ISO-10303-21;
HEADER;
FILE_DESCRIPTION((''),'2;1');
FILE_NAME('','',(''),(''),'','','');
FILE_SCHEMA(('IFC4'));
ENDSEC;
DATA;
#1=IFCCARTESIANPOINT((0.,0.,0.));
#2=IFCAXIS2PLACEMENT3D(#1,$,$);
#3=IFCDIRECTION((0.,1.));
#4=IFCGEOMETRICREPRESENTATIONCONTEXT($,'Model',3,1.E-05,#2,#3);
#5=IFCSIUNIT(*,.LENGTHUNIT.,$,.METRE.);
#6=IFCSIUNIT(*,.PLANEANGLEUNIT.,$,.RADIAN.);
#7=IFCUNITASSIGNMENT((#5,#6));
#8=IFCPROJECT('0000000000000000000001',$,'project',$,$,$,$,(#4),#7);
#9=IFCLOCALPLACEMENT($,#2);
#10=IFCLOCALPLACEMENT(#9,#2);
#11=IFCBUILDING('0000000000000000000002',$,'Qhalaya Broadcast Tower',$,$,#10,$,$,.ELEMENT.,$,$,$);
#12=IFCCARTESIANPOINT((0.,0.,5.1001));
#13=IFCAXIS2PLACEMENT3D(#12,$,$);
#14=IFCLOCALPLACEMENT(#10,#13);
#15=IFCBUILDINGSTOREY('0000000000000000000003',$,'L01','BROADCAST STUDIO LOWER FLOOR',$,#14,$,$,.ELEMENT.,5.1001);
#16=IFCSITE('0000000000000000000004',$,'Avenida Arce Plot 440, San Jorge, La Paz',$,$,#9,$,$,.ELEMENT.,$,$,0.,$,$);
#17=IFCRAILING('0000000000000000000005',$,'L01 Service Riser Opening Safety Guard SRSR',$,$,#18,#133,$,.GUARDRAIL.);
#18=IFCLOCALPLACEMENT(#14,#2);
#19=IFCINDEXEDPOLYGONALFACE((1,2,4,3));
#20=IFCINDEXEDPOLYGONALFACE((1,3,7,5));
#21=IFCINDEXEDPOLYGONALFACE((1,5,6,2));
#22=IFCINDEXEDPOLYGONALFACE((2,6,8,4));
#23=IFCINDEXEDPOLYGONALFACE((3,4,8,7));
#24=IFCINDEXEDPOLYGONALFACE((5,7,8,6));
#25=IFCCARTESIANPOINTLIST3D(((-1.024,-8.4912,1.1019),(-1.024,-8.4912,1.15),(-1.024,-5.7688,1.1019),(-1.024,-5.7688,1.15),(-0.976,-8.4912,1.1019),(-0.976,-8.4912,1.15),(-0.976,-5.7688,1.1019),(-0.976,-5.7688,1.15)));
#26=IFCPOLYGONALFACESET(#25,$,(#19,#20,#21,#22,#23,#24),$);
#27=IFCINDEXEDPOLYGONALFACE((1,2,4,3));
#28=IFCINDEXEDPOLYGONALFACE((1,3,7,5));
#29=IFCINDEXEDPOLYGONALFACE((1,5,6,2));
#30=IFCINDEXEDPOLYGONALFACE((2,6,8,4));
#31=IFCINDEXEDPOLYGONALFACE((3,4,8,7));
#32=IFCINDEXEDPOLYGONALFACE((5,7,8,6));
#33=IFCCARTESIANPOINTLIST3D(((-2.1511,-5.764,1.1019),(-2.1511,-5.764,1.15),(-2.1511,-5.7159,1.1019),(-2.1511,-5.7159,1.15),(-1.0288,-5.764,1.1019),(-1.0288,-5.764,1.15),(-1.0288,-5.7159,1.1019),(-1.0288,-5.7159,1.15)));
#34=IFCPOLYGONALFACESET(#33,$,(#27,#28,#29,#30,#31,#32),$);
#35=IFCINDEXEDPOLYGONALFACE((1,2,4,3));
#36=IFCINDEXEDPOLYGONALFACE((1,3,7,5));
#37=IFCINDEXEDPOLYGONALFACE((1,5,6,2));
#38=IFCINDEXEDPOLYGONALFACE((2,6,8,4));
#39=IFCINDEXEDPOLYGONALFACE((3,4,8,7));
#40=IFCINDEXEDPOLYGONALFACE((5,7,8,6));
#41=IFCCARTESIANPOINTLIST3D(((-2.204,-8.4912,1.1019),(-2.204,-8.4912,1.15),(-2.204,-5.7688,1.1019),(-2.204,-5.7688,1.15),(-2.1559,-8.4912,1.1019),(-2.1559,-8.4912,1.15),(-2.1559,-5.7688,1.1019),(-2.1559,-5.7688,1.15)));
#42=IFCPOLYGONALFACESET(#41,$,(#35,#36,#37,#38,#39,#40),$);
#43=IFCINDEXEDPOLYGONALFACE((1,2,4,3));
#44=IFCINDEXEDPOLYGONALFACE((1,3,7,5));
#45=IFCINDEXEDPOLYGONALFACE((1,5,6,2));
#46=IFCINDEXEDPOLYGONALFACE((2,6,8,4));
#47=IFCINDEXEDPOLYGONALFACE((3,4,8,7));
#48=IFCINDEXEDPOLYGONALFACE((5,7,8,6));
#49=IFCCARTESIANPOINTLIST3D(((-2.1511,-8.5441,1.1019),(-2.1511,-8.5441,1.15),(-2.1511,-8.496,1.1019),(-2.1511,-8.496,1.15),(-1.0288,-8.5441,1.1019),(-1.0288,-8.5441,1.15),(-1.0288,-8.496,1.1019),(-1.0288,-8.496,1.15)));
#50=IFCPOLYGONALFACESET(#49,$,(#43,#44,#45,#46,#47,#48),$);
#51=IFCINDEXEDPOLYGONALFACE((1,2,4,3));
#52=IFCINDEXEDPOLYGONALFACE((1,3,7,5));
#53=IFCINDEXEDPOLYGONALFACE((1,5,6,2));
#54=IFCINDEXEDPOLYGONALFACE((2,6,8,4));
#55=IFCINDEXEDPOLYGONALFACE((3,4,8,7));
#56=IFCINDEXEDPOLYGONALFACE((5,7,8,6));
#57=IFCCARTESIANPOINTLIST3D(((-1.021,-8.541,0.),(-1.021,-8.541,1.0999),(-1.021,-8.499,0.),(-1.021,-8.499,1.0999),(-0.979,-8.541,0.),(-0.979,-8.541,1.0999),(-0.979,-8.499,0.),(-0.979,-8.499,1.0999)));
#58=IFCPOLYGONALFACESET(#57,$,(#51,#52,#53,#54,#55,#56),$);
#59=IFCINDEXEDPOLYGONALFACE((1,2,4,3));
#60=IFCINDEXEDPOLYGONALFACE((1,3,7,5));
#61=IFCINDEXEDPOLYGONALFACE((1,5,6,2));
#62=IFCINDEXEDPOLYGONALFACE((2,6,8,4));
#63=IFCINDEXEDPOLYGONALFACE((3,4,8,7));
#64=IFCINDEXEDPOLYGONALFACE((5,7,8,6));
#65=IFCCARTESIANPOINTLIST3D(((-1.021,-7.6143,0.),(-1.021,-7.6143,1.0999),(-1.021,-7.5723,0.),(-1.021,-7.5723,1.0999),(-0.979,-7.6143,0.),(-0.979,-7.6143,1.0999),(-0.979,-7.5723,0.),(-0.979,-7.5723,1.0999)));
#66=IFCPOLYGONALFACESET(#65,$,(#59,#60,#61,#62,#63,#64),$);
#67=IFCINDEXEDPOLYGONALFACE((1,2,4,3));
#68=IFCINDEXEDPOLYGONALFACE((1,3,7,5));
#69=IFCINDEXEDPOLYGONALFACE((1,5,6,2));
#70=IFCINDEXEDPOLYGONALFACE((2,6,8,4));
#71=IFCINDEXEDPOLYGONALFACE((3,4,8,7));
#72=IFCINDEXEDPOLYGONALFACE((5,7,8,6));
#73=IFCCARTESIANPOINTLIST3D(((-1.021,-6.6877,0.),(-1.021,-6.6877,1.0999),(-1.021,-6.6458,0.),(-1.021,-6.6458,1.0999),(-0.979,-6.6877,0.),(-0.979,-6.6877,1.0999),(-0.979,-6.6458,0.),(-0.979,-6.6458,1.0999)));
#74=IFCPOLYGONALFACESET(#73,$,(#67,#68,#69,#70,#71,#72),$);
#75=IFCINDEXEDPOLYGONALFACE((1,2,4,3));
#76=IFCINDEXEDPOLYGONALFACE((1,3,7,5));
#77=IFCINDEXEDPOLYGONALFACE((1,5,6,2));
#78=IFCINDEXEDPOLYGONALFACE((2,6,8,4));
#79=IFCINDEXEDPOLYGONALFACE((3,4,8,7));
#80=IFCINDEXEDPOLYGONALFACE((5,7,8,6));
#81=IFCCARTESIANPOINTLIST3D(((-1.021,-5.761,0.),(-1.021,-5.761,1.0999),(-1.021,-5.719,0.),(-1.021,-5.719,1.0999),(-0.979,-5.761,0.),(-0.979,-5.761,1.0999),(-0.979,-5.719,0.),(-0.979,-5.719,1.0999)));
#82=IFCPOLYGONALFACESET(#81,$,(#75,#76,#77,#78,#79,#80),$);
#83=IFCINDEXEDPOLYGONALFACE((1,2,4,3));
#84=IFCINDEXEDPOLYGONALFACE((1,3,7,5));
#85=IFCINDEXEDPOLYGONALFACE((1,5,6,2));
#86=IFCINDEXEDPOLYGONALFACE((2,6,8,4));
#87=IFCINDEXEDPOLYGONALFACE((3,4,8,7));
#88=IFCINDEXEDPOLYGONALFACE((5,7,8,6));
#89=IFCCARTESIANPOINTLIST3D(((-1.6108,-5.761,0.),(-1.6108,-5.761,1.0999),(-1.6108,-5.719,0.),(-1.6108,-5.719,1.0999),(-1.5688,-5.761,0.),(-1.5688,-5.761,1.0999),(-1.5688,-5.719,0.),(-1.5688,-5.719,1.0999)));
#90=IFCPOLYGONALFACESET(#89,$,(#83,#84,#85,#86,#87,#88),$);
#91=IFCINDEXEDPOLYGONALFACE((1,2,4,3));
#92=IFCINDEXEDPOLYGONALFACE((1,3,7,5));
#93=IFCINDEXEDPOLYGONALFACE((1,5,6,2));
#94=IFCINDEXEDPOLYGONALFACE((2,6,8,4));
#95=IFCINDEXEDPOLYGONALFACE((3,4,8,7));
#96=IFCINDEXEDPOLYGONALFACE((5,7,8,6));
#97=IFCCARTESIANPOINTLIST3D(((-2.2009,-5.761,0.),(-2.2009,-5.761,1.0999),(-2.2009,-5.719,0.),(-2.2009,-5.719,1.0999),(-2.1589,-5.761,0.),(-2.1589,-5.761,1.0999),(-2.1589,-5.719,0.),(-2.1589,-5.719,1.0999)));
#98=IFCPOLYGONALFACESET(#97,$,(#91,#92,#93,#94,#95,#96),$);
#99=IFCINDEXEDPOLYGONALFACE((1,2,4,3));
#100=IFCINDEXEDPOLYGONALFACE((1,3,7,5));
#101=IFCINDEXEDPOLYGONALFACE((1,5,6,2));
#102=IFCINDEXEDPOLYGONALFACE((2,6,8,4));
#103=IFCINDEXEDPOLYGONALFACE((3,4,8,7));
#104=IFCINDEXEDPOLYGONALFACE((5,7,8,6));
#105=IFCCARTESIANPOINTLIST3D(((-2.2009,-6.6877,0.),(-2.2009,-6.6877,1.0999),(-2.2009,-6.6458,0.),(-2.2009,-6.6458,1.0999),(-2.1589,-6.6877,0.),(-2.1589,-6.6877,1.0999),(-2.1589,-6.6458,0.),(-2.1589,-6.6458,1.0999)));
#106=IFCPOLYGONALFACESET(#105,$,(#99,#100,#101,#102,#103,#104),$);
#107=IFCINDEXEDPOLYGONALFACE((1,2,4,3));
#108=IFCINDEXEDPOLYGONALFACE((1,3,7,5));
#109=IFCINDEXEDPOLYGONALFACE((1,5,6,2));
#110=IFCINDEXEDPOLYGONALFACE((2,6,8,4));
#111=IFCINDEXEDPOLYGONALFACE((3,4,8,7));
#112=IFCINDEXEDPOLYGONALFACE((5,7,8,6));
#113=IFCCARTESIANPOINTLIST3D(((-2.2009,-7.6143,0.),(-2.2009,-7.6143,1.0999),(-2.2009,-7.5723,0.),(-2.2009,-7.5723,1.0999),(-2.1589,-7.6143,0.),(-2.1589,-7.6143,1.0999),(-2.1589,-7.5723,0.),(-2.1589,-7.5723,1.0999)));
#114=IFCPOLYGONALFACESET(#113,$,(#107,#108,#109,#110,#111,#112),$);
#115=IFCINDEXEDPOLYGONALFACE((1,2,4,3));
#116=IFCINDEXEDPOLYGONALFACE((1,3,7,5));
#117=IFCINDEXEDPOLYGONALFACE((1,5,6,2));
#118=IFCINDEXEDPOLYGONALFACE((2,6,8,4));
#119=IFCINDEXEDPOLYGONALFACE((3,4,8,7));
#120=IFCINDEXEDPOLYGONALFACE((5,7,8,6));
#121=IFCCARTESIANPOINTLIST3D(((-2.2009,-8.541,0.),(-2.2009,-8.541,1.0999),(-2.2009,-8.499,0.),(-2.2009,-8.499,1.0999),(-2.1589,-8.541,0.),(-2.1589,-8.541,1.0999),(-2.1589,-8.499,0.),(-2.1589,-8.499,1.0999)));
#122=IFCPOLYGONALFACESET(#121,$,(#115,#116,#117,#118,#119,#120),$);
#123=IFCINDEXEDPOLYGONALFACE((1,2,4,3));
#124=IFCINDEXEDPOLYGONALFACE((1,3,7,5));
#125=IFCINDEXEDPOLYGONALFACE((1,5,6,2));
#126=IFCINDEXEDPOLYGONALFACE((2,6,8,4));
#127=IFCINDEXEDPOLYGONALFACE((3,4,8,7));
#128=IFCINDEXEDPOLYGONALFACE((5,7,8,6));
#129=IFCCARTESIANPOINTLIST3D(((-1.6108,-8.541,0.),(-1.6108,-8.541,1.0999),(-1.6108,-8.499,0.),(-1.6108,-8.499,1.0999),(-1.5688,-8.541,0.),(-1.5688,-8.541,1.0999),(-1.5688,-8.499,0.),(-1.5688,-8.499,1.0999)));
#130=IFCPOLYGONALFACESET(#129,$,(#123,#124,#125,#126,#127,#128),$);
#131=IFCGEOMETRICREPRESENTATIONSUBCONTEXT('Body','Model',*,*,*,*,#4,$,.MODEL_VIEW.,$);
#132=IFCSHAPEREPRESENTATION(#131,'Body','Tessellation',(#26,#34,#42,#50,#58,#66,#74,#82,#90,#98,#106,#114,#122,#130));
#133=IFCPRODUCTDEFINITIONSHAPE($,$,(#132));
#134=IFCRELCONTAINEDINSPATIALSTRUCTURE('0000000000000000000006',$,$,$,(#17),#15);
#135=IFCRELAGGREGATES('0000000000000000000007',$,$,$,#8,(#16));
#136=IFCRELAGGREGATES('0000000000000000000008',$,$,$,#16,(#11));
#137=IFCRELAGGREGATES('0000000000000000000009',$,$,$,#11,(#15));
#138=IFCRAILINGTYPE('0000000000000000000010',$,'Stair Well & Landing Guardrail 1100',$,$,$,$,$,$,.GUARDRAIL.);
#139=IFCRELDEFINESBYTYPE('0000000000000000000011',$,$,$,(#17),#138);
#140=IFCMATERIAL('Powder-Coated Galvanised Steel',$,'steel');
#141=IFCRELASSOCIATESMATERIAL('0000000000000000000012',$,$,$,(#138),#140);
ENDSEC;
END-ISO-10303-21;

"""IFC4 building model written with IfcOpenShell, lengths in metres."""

from ifc_helpers import new_model, si_unit, direction, frame, origin, origin_2d, place, context, subcontext, project, spatial, rectangle, extrude, material, type_object, element, save


model = new_model("IFC4")

# Units and contexts
model_context = context("Model", 3, precision=1e-05, world=origin(), true_north=direction((0.0, 1.0)))
body_context = subcontext(model_context, "Body", "Model", "MODEL_VIEW")
ifc_project = project(units=[si_unit("LENGTHUNIT", "METRE"), si_unit("PLANEANGLEUNIT", "RADIAN")], contexts=[model_context])

# Site, building, storey
site_placement = place(None, origin())
site = spatial("IfcSite", under=ifc_project, at=site_placement, Name="Avenida Arce Plot 440, San Jorge, La Paz", CompositionType="ELEMENT", RefElevation=0.0)
building_placement = place(site_placement, origin())
building = spatial("IfcBuilding", under=site, at=building_placement, Name="Qhalaya Broadcast Tower", CompositionType="ELEMENT")
storey_placement = place(building_placement, frame((0.0, 0.0, 5.1001)))
storey = spatial("IfcBuildingStorey", under=building, at=storey_placement, Name="L01", Description="BROADCAST STUDIO LOWER FLOOR", CompositionType="ELEMENT", Elevation=5.1001)

# Railing
ifc_material_1 = material(Name="Powder-Coated Galvanised Steel", Category="steel")
railing_type = type_object("IfcRailingType", Name="Stair Well & Landing Guardrail 1100", PredefinedType="GUARDRAIL", material=ifc_material_1)
railing_placement = place(storey_placement, frame((-1.0, -8.52, 0.0)))
element("IfcRailing", 1, at=railing_placement, inside=storey, type_object=railing_type, Name="L01 Service Riser Opening Safety Guard SRSR", PredefinedType="GUARDRAIL", context=body_context, shape_type="SweptSolid", body=[
    extrude(rectangle(XDim=0.0481, YDim=0.0481, at=origin_2d()), frame((0.0, 0.0288, 1.126), z_axis=(0.0, 1.0, 0.0), x_axis=(-1.0, 0.0, 0.0)), (0.0, 0.0, 1.0), 2.7224),
    extrude(rectangle(XDim=0.0481, YDim=0.0481, at=origin_2d()), frame((-0.0288, 2.78, 1.126), z_axis=(-1.0, 0.0, 0.0), x_axis=(0.0, -1.0, 0.0)), (0.0, 0.0, 1.0), 1.1223),
    extrude(rectangle(XDim=0.0481, YDim=0.0481, at=origin_2d()), frame((-1.1799, 2.7512, 1.126), z_axis=(0.0, -1.0, 0.0), x_axis=(1.0, 0.0, 0.0)), (0.0, 0.0, 1.0), 2.7224),
    extrude(rectangle(XDim=0.0481, YDim=0.0481, at=origin_2d()), frame((-1.1511, 0.0, 1.126), z_axis=(1.0, 0.0, 0.0), x_axis=(0.0, 1.0, 0.0)), (0.0, 0.0, 1.0), 1.1223),
    extrude(rectangle(XDim=0.042, YDim=0.042, at=origin_2d()), origin(), (0.0, 0.0, 1.0), 1.0999),
    extrude(rectangle(XDim=0.042, YDim=0.042, at=origin_2d()), frame((0.0, 0.9268, 0.0)), (0.0, 0.0, 1.0), 1.0999),
    extrude(rectangle(XDim=0.042, YDim=0.042, at=origin_2d()), frame((0.0, 1.8533, 0.0)), (0.0, 0.0, 1.0), 1.0999),
    extrude(rectangle(XDim=0.042, YDim=0.042, at=origin_2d()), frame((0.0, 2.78, 0.0)), (0.0, 0.0, 1.0), 1.0999),
    extrude(rectangle(XDim=0.042, YDim=0.042, at=origin_2d()), frame((-0.5898, 2.78, 0.0)), (0.0, 0.0, 1.0), 1.0999),
    extrude(rectangle(XDim=0.042, YDim=0.042, at=origin_2d()), frame((-1.1799, 2.78, 0.0)), (0.0, 0.0, 1.0), 1.0999),
    extrude(rectangle(XDim=0.042, YDim=0.042, at=origin_2d()), frame((-1.1799, 1.8533, 0.0)), (0.0, 0.0, 1.0), 1.0999),
    extrude(rectangle(XDim=0.042, YDim=0.042, at=origin_2d()), frame((-1.1799, 0.9268, 0.0)), (0.0, 0.0, 1.0), 1.0999),
    extrude(rectangle(XDim=0.042, YDim=0.042, at=origin_2d()), frame((-1.1799, 0.0, 0.0)), (0.0, 0.0, 1.0), 1.0999),
    extrude(rectangle(XDim=0.042, YDim=0.042, at=origin_2d()), frame((-0.5898, 0.0, 0.0)), (0.0, 0.0, 1.0), 1.0999),
])

save(model, "model.ifc")
